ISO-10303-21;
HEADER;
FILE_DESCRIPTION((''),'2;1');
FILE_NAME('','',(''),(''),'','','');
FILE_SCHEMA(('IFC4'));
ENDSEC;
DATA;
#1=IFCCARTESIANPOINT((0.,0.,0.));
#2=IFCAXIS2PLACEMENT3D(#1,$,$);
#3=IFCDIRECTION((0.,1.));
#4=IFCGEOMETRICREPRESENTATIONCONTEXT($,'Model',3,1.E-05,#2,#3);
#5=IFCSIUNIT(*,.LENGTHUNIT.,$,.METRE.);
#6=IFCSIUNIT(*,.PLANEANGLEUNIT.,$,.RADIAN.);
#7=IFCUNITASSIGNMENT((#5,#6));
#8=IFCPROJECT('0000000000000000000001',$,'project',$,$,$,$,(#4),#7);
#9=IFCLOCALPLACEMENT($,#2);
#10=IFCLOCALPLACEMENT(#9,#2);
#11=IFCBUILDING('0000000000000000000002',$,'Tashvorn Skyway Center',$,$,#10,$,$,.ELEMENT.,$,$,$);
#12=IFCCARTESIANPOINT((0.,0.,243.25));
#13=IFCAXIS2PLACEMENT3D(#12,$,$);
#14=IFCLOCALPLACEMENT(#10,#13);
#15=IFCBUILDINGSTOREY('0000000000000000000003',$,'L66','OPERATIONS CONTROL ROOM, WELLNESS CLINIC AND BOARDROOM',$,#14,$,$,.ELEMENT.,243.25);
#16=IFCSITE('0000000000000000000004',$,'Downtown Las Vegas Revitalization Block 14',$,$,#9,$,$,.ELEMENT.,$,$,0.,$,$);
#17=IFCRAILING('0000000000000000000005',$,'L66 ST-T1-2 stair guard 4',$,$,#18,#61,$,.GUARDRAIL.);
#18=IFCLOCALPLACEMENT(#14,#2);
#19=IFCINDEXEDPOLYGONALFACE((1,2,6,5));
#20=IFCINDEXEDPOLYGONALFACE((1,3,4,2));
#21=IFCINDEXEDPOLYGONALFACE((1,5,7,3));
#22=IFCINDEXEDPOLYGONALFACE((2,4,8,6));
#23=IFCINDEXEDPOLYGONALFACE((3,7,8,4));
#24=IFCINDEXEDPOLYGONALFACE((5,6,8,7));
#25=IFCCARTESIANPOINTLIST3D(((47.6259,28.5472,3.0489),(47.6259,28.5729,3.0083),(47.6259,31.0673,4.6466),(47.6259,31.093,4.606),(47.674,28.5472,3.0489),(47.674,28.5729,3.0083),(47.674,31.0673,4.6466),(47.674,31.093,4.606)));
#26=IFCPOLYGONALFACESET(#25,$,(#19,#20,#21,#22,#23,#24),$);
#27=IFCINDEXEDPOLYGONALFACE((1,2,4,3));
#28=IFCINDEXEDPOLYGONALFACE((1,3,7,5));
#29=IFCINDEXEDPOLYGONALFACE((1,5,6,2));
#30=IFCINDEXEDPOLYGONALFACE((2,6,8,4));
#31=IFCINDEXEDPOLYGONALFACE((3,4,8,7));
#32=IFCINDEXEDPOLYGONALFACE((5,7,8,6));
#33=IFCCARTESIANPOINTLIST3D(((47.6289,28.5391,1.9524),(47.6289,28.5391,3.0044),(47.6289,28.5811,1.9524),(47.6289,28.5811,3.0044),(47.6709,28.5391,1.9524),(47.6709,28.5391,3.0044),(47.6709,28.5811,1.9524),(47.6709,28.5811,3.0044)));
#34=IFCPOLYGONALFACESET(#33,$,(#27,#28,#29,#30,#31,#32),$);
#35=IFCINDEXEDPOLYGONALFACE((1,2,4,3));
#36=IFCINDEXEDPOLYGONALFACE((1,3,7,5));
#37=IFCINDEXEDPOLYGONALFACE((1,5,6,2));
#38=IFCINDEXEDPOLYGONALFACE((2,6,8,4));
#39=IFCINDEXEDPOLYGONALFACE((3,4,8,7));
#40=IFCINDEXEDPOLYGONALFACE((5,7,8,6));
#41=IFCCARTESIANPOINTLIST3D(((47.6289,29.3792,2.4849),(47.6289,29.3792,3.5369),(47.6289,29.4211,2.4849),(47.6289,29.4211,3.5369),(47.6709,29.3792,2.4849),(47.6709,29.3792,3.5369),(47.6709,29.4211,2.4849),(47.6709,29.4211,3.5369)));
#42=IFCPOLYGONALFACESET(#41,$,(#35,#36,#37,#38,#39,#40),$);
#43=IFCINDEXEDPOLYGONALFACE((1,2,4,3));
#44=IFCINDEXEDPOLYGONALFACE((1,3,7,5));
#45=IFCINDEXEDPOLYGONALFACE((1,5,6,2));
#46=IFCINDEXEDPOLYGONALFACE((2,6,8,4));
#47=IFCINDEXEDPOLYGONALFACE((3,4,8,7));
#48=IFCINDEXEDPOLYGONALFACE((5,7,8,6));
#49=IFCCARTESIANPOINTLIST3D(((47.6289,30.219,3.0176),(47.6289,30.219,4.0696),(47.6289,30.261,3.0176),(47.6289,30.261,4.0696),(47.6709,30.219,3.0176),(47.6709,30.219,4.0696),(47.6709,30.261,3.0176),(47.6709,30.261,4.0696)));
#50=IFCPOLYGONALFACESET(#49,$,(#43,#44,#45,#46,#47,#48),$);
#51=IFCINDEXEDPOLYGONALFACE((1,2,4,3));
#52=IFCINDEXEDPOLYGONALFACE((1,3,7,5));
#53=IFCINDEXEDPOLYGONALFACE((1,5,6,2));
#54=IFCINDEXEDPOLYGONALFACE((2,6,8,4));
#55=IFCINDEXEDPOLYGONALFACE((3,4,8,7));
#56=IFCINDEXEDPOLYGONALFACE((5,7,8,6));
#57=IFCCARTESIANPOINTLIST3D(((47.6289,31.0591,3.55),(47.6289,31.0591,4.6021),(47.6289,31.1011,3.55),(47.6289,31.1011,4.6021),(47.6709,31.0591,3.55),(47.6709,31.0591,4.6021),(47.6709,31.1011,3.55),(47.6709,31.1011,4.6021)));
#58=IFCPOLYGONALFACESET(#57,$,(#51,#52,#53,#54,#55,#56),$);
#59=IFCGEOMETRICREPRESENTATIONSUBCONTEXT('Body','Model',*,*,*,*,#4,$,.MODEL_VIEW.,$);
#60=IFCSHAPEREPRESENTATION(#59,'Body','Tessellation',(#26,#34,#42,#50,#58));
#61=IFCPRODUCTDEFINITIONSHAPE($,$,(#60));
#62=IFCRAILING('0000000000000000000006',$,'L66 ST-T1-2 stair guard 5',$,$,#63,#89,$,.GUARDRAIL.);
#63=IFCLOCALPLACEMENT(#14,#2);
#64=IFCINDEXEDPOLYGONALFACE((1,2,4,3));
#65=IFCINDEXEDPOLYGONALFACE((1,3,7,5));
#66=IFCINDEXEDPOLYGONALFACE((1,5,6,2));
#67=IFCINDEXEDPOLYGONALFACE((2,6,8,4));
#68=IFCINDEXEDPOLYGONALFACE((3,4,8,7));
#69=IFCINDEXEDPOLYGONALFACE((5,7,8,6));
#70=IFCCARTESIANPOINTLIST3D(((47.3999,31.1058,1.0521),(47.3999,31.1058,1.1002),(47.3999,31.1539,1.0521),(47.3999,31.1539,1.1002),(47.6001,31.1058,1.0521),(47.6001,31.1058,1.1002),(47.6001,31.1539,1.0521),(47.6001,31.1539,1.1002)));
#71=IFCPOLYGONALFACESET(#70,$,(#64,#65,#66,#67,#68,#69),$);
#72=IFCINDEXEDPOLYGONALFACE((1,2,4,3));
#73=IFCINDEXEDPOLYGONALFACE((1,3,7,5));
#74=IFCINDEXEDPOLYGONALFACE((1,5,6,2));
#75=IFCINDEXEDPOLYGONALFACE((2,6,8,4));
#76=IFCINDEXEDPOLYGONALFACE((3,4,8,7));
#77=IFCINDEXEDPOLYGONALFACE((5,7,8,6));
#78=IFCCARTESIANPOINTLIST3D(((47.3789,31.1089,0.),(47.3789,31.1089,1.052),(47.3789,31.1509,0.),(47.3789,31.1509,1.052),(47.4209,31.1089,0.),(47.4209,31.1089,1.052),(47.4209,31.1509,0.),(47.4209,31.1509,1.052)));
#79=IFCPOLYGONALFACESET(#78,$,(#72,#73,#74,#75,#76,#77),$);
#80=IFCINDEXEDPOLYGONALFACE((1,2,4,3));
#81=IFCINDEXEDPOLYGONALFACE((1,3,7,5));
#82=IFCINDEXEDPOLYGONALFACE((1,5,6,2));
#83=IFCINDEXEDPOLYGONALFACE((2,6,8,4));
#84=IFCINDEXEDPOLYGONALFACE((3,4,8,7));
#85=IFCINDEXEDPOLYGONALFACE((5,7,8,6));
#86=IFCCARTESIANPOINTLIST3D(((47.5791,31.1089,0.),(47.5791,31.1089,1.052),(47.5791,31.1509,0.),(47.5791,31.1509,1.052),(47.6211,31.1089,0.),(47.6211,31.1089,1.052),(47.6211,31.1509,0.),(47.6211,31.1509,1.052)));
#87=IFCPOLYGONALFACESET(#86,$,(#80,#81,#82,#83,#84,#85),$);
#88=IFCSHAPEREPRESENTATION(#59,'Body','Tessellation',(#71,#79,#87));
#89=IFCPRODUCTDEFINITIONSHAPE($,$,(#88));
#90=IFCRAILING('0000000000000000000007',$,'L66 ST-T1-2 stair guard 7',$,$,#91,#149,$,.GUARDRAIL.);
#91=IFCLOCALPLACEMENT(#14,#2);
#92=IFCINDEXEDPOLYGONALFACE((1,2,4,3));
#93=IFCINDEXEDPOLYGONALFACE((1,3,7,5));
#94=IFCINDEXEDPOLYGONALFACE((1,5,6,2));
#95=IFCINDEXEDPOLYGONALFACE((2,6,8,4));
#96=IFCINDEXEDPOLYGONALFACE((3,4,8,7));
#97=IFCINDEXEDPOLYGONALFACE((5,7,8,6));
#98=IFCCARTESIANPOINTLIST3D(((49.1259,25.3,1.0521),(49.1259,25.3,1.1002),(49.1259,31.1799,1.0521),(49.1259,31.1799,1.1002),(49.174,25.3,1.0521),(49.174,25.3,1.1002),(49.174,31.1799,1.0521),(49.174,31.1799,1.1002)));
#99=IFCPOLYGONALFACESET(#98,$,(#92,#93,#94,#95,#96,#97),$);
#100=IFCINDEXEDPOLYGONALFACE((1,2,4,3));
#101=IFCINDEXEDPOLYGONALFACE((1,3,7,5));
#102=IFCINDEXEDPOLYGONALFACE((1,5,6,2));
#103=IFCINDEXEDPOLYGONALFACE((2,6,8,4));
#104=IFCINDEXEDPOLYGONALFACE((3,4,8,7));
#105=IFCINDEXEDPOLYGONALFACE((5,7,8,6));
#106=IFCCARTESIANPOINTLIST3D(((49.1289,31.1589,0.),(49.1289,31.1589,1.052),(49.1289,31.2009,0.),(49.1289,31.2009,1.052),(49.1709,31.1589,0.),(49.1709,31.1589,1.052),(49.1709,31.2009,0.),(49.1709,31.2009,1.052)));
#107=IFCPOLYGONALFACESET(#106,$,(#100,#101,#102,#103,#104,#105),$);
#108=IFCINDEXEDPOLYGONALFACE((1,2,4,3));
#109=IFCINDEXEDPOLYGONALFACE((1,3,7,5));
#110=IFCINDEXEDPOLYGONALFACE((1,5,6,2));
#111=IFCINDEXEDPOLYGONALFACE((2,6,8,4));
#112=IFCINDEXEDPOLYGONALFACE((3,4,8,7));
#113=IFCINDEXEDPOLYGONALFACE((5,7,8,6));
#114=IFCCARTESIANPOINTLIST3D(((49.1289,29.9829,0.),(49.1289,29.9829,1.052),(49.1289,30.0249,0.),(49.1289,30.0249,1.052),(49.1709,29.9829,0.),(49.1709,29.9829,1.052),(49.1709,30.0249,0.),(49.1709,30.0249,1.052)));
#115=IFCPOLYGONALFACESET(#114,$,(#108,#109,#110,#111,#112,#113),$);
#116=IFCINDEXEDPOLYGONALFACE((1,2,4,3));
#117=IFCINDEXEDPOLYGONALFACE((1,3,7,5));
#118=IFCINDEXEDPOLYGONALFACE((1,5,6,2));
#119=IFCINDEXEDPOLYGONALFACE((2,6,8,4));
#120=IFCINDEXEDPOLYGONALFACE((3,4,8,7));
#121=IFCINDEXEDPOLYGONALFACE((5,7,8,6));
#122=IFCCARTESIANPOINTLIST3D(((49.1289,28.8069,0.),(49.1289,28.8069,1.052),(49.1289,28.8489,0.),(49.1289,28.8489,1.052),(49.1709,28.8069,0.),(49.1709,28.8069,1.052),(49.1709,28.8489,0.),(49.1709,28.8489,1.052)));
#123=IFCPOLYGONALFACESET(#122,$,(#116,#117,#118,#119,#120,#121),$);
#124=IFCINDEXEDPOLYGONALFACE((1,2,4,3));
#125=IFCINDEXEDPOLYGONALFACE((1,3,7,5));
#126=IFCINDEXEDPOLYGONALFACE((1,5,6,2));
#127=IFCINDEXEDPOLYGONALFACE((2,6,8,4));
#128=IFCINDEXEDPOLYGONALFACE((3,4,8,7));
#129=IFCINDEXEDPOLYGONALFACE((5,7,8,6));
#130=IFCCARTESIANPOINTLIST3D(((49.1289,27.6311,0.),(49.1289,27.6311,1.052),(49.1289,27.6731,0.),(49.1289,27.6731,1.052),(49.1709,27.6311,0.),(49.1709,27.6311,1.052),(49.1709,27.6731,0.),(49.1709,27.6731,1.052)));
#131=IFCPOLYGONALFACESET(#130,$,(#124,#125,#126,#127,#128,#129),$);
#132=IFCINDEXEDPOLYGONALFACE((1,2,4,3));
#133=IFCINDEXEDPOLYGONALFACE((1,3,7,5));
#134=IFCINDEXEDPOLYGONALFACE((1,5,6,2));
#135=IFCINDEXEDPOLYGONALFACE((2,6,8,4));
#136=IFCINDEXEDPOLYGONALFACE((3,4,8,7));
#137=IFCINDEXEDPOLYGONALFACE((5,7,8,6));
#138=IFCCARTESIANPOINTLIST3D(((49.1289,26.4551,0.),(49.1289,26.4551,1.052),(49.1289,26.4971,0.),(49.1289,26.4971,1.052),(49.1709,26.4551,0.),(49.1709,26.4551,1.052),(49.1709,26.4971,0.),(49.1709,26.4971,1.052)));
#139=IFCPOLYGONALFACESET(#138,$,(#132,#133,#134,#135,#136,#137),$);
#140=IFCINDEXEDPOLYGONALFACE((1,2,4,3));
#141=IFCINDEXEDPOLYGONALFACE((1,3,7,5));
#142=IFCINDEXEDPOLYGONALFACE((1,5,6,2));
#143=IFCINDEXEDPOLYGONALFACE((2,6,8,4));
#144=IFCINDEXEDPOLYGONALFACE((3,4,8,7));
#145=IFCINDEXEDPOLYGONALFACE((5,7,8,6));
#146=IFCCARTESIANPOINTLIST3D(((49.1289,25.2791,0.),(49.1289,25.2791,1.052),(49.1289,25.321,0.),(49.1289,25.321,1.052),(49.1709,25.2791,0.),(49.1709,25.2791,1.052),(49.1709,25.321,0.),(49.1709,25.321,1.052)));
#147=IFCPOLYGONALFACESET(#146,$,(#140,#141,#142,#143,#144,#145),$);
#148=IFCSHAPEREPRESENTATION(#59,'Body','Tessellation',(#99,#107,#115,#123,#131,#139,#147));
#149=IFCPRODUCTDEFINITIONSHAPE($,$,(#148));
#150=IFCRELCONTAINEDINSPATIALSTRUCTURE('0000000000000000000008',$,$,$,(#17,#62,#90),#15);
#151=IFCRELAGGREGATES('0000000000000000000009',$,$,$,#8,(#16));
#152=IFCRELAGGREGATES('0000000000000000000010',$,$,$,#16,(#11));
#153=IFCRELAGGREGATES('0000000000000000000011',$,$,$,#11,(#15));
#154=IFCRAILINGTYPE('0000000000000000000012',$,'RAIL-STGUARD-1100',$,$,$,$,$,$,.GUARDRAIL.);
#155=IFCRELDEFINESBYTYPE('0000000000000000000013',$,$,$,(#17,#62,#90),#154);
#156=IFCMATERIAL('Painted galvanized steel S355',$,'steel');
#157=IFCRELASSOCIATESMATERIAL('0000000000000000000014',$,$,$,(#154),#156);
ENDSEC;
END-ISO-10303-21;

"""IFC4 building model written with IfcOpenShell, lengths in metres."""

from ifc_helpers import new_model, si_unit, direction, frame, origin, origin_2d, place, context, subcontext, project, spatial, rectangle, extrude, material, type_object, element, save


model = new_model("IFC4")

# Units and contexts
model_context = context("Model", 3, precision=1e-05, world=origin(), true_north=direction((0.0, 1.0)))
body_context = subcontext(model_context, "Body", "Model", "MODEL_VIEW")
ifc_project = project(units=[si_unit("LENGTHUNIT", "METRE"), si_unit("PLANEANGLEUNIT", "RADIAN")], contexts=[model_context])

# Site, building, storey
site_placement = place(None, origin())
site = spatial("IfcSite", under=ifc_project, at=site_placement, Name="Downtown Las Vegas Revitalization Block 14", CompositionType="ELEMENT", RefElevation=0.0)
building_placement = place(site_placement, origin())
building = spatial("IfcBuilding", under=site, at=building_placement, Name="Tashvorn Skyway Center", CompositionType="ELEMENT")
storey_placement = place(building_placement, frame((0.0, 0.0, 243.25)))
storey = spatial("IfcBuildingStorey", under=building, at=storey_placement, Name="L66", Description="OPERATIONS CONTROL ROOM, WELLNESS CLINIC AND BOARDROOM", CompositionType="ELEMENT", Elevation=243.25)

# Railings
ifc_material_1 = material(Name="Painted galvanized steel S355", Category="steel")
railing_type_1 = type_object("IfcRailingType", Name="RAIL-STGUARD-1100", PredefinedType="GUARDRAIL", material=ifc_material_1)
railing_1_placement = place(storey_placement, frame((47.6499, 28.5601, 1.9524)))
element("IfcRailing", 1, at=railing_1_placement, inside=storey, type_object=railing_type_1, Name="L66 ST-T1-2 stair guard 4", PredefinedType="GUARDRAIL", context=body_context, shape_type="SweptSolid", body=[
    extrude(rectangle(XDim=0.0481, YDim=0.0481, at=origin_2d()), frame((0.0, 0.0, 1.0762), z_axis=(0.0, 0.84457, 0.535445), x_axis=(-1.0, 0.0, 0.0)), (0.0, 0.0, 1.0), 2.9839),
    extrude(rectangle(XDim=0.042, YDim=0.042, at=origin_2d()), origin(), (0.0, 0.0, 1.0), 1.052),
    extrude(rectangle(XDim=0.042, YDim=0.042, at=origin_2d()), frame((0.0, 0.8401, 0.5325)), (0.0, 0.0, 1.0), 1.052),
    extrude(rectangle(XDim=0.042, YDim=0.042, at=origin_2d()), frame((0.0, 1.6799, 1.0652)), (0.0, 0.0, 1.0), 1.052),
    extrude(rectangle(XDim=0.042, YDim=0.042, at=origin_2d()), frame((0.0, 2.52, 1.5977)), (0.0, 0.0, 1.0), 1.052),
])
railing_2_placement = place(storey_placement, frame((47.3999, 31.1299, 0.0)))
element("IfcRailing", 2, at=railing_2_placement, inside=storey, type_object=railing_type_1, Name="L66 ST-T1-2 stair guard 5", PredefinedType="GUARDRAIL", context=body_context, shape_type="SweptSolid", body=[
    extrude(rectangle(XDim=0.0481, YDim=0.0481, at=origin_2d()), frame((0.0, 0.0, 1.0762), z_axis=(1.0, 0.0, 0.0), x_axis=(0.0, 1.0, 0.0)), (0.0, 0.0, 1.0), 0.2002),
    extrude(rectangle(XDim=0.042, YDim=0.042, at=origin_2d()), origin(), (0.0, 0.0, 1.0), 1.052),
    extrude(rectangle(XDim=0.042, YDim=0.042, at=origin_2d()), frame((0.2002, 0.0, 0.0)), (0.0, 0.0, 1.0), 1.052),
])
railing_3_placement = place(storey_placement, frame((49.1499, 31.1799, 0.0)))
element("IfcRailing", 3, at=railing_3_placement, inside=storey, type_object=railing_type_1, Name="L66 ST-T1-2 stair guard 7", PredefinedType="GUARDRAIL", context=body_context, shape_type="SweptSolid", body=[
    extrude(rectangle(XDim=0.0481, YDim=0.0481, at=origin_2d()), frame((0.0, 0.0, 1.0762), z_axis=(0.0, -1.0, 0.0), x_axis=(1.0, 0.0, 0.0)), (0.0, 0.0, 1.0), 5.8799),
    extrude(rectangle(XDim=0.042, YDim=0.042, at=origin_2d()), origin(), (0.0, 0.0, 1.0), 1.052),
    extrude(rectangle(XDim=0.042, YDim=0.042, at=origin_2d()), frame((0.0, -1.176, 0.0)), (0.0, 0.0, 1.0), 1.052),
    extrude(rectangle(XDim=0.042, YDim=0.042, at=origin_2d()), frame((0.0, -2.3521, 0.0)), (0.0, 0.0, 1.0), 1.052),
    extrude(rectangle(XDim=0.042, YDim=0.042, at=origin_2d()), frame((0.0, -3.5278, 0.0)), (0.0, 0.0, 1.0), 1.052),
    extrude(rectangle(XDim=0.042, YDim=0.042, at=origin_2d()), frame((0.0, -4.7039, 0.0)), (0.0, 0.0, 1.0), 1.052),
    extrude(rectangle(XDim=0.042, YDim=0.042, at=origin_2d()), frame((0.0, -5.8799, 0.0)), (0.0, 0.0, 1.0), 1.052),
])

save(model, "model.ifc")
